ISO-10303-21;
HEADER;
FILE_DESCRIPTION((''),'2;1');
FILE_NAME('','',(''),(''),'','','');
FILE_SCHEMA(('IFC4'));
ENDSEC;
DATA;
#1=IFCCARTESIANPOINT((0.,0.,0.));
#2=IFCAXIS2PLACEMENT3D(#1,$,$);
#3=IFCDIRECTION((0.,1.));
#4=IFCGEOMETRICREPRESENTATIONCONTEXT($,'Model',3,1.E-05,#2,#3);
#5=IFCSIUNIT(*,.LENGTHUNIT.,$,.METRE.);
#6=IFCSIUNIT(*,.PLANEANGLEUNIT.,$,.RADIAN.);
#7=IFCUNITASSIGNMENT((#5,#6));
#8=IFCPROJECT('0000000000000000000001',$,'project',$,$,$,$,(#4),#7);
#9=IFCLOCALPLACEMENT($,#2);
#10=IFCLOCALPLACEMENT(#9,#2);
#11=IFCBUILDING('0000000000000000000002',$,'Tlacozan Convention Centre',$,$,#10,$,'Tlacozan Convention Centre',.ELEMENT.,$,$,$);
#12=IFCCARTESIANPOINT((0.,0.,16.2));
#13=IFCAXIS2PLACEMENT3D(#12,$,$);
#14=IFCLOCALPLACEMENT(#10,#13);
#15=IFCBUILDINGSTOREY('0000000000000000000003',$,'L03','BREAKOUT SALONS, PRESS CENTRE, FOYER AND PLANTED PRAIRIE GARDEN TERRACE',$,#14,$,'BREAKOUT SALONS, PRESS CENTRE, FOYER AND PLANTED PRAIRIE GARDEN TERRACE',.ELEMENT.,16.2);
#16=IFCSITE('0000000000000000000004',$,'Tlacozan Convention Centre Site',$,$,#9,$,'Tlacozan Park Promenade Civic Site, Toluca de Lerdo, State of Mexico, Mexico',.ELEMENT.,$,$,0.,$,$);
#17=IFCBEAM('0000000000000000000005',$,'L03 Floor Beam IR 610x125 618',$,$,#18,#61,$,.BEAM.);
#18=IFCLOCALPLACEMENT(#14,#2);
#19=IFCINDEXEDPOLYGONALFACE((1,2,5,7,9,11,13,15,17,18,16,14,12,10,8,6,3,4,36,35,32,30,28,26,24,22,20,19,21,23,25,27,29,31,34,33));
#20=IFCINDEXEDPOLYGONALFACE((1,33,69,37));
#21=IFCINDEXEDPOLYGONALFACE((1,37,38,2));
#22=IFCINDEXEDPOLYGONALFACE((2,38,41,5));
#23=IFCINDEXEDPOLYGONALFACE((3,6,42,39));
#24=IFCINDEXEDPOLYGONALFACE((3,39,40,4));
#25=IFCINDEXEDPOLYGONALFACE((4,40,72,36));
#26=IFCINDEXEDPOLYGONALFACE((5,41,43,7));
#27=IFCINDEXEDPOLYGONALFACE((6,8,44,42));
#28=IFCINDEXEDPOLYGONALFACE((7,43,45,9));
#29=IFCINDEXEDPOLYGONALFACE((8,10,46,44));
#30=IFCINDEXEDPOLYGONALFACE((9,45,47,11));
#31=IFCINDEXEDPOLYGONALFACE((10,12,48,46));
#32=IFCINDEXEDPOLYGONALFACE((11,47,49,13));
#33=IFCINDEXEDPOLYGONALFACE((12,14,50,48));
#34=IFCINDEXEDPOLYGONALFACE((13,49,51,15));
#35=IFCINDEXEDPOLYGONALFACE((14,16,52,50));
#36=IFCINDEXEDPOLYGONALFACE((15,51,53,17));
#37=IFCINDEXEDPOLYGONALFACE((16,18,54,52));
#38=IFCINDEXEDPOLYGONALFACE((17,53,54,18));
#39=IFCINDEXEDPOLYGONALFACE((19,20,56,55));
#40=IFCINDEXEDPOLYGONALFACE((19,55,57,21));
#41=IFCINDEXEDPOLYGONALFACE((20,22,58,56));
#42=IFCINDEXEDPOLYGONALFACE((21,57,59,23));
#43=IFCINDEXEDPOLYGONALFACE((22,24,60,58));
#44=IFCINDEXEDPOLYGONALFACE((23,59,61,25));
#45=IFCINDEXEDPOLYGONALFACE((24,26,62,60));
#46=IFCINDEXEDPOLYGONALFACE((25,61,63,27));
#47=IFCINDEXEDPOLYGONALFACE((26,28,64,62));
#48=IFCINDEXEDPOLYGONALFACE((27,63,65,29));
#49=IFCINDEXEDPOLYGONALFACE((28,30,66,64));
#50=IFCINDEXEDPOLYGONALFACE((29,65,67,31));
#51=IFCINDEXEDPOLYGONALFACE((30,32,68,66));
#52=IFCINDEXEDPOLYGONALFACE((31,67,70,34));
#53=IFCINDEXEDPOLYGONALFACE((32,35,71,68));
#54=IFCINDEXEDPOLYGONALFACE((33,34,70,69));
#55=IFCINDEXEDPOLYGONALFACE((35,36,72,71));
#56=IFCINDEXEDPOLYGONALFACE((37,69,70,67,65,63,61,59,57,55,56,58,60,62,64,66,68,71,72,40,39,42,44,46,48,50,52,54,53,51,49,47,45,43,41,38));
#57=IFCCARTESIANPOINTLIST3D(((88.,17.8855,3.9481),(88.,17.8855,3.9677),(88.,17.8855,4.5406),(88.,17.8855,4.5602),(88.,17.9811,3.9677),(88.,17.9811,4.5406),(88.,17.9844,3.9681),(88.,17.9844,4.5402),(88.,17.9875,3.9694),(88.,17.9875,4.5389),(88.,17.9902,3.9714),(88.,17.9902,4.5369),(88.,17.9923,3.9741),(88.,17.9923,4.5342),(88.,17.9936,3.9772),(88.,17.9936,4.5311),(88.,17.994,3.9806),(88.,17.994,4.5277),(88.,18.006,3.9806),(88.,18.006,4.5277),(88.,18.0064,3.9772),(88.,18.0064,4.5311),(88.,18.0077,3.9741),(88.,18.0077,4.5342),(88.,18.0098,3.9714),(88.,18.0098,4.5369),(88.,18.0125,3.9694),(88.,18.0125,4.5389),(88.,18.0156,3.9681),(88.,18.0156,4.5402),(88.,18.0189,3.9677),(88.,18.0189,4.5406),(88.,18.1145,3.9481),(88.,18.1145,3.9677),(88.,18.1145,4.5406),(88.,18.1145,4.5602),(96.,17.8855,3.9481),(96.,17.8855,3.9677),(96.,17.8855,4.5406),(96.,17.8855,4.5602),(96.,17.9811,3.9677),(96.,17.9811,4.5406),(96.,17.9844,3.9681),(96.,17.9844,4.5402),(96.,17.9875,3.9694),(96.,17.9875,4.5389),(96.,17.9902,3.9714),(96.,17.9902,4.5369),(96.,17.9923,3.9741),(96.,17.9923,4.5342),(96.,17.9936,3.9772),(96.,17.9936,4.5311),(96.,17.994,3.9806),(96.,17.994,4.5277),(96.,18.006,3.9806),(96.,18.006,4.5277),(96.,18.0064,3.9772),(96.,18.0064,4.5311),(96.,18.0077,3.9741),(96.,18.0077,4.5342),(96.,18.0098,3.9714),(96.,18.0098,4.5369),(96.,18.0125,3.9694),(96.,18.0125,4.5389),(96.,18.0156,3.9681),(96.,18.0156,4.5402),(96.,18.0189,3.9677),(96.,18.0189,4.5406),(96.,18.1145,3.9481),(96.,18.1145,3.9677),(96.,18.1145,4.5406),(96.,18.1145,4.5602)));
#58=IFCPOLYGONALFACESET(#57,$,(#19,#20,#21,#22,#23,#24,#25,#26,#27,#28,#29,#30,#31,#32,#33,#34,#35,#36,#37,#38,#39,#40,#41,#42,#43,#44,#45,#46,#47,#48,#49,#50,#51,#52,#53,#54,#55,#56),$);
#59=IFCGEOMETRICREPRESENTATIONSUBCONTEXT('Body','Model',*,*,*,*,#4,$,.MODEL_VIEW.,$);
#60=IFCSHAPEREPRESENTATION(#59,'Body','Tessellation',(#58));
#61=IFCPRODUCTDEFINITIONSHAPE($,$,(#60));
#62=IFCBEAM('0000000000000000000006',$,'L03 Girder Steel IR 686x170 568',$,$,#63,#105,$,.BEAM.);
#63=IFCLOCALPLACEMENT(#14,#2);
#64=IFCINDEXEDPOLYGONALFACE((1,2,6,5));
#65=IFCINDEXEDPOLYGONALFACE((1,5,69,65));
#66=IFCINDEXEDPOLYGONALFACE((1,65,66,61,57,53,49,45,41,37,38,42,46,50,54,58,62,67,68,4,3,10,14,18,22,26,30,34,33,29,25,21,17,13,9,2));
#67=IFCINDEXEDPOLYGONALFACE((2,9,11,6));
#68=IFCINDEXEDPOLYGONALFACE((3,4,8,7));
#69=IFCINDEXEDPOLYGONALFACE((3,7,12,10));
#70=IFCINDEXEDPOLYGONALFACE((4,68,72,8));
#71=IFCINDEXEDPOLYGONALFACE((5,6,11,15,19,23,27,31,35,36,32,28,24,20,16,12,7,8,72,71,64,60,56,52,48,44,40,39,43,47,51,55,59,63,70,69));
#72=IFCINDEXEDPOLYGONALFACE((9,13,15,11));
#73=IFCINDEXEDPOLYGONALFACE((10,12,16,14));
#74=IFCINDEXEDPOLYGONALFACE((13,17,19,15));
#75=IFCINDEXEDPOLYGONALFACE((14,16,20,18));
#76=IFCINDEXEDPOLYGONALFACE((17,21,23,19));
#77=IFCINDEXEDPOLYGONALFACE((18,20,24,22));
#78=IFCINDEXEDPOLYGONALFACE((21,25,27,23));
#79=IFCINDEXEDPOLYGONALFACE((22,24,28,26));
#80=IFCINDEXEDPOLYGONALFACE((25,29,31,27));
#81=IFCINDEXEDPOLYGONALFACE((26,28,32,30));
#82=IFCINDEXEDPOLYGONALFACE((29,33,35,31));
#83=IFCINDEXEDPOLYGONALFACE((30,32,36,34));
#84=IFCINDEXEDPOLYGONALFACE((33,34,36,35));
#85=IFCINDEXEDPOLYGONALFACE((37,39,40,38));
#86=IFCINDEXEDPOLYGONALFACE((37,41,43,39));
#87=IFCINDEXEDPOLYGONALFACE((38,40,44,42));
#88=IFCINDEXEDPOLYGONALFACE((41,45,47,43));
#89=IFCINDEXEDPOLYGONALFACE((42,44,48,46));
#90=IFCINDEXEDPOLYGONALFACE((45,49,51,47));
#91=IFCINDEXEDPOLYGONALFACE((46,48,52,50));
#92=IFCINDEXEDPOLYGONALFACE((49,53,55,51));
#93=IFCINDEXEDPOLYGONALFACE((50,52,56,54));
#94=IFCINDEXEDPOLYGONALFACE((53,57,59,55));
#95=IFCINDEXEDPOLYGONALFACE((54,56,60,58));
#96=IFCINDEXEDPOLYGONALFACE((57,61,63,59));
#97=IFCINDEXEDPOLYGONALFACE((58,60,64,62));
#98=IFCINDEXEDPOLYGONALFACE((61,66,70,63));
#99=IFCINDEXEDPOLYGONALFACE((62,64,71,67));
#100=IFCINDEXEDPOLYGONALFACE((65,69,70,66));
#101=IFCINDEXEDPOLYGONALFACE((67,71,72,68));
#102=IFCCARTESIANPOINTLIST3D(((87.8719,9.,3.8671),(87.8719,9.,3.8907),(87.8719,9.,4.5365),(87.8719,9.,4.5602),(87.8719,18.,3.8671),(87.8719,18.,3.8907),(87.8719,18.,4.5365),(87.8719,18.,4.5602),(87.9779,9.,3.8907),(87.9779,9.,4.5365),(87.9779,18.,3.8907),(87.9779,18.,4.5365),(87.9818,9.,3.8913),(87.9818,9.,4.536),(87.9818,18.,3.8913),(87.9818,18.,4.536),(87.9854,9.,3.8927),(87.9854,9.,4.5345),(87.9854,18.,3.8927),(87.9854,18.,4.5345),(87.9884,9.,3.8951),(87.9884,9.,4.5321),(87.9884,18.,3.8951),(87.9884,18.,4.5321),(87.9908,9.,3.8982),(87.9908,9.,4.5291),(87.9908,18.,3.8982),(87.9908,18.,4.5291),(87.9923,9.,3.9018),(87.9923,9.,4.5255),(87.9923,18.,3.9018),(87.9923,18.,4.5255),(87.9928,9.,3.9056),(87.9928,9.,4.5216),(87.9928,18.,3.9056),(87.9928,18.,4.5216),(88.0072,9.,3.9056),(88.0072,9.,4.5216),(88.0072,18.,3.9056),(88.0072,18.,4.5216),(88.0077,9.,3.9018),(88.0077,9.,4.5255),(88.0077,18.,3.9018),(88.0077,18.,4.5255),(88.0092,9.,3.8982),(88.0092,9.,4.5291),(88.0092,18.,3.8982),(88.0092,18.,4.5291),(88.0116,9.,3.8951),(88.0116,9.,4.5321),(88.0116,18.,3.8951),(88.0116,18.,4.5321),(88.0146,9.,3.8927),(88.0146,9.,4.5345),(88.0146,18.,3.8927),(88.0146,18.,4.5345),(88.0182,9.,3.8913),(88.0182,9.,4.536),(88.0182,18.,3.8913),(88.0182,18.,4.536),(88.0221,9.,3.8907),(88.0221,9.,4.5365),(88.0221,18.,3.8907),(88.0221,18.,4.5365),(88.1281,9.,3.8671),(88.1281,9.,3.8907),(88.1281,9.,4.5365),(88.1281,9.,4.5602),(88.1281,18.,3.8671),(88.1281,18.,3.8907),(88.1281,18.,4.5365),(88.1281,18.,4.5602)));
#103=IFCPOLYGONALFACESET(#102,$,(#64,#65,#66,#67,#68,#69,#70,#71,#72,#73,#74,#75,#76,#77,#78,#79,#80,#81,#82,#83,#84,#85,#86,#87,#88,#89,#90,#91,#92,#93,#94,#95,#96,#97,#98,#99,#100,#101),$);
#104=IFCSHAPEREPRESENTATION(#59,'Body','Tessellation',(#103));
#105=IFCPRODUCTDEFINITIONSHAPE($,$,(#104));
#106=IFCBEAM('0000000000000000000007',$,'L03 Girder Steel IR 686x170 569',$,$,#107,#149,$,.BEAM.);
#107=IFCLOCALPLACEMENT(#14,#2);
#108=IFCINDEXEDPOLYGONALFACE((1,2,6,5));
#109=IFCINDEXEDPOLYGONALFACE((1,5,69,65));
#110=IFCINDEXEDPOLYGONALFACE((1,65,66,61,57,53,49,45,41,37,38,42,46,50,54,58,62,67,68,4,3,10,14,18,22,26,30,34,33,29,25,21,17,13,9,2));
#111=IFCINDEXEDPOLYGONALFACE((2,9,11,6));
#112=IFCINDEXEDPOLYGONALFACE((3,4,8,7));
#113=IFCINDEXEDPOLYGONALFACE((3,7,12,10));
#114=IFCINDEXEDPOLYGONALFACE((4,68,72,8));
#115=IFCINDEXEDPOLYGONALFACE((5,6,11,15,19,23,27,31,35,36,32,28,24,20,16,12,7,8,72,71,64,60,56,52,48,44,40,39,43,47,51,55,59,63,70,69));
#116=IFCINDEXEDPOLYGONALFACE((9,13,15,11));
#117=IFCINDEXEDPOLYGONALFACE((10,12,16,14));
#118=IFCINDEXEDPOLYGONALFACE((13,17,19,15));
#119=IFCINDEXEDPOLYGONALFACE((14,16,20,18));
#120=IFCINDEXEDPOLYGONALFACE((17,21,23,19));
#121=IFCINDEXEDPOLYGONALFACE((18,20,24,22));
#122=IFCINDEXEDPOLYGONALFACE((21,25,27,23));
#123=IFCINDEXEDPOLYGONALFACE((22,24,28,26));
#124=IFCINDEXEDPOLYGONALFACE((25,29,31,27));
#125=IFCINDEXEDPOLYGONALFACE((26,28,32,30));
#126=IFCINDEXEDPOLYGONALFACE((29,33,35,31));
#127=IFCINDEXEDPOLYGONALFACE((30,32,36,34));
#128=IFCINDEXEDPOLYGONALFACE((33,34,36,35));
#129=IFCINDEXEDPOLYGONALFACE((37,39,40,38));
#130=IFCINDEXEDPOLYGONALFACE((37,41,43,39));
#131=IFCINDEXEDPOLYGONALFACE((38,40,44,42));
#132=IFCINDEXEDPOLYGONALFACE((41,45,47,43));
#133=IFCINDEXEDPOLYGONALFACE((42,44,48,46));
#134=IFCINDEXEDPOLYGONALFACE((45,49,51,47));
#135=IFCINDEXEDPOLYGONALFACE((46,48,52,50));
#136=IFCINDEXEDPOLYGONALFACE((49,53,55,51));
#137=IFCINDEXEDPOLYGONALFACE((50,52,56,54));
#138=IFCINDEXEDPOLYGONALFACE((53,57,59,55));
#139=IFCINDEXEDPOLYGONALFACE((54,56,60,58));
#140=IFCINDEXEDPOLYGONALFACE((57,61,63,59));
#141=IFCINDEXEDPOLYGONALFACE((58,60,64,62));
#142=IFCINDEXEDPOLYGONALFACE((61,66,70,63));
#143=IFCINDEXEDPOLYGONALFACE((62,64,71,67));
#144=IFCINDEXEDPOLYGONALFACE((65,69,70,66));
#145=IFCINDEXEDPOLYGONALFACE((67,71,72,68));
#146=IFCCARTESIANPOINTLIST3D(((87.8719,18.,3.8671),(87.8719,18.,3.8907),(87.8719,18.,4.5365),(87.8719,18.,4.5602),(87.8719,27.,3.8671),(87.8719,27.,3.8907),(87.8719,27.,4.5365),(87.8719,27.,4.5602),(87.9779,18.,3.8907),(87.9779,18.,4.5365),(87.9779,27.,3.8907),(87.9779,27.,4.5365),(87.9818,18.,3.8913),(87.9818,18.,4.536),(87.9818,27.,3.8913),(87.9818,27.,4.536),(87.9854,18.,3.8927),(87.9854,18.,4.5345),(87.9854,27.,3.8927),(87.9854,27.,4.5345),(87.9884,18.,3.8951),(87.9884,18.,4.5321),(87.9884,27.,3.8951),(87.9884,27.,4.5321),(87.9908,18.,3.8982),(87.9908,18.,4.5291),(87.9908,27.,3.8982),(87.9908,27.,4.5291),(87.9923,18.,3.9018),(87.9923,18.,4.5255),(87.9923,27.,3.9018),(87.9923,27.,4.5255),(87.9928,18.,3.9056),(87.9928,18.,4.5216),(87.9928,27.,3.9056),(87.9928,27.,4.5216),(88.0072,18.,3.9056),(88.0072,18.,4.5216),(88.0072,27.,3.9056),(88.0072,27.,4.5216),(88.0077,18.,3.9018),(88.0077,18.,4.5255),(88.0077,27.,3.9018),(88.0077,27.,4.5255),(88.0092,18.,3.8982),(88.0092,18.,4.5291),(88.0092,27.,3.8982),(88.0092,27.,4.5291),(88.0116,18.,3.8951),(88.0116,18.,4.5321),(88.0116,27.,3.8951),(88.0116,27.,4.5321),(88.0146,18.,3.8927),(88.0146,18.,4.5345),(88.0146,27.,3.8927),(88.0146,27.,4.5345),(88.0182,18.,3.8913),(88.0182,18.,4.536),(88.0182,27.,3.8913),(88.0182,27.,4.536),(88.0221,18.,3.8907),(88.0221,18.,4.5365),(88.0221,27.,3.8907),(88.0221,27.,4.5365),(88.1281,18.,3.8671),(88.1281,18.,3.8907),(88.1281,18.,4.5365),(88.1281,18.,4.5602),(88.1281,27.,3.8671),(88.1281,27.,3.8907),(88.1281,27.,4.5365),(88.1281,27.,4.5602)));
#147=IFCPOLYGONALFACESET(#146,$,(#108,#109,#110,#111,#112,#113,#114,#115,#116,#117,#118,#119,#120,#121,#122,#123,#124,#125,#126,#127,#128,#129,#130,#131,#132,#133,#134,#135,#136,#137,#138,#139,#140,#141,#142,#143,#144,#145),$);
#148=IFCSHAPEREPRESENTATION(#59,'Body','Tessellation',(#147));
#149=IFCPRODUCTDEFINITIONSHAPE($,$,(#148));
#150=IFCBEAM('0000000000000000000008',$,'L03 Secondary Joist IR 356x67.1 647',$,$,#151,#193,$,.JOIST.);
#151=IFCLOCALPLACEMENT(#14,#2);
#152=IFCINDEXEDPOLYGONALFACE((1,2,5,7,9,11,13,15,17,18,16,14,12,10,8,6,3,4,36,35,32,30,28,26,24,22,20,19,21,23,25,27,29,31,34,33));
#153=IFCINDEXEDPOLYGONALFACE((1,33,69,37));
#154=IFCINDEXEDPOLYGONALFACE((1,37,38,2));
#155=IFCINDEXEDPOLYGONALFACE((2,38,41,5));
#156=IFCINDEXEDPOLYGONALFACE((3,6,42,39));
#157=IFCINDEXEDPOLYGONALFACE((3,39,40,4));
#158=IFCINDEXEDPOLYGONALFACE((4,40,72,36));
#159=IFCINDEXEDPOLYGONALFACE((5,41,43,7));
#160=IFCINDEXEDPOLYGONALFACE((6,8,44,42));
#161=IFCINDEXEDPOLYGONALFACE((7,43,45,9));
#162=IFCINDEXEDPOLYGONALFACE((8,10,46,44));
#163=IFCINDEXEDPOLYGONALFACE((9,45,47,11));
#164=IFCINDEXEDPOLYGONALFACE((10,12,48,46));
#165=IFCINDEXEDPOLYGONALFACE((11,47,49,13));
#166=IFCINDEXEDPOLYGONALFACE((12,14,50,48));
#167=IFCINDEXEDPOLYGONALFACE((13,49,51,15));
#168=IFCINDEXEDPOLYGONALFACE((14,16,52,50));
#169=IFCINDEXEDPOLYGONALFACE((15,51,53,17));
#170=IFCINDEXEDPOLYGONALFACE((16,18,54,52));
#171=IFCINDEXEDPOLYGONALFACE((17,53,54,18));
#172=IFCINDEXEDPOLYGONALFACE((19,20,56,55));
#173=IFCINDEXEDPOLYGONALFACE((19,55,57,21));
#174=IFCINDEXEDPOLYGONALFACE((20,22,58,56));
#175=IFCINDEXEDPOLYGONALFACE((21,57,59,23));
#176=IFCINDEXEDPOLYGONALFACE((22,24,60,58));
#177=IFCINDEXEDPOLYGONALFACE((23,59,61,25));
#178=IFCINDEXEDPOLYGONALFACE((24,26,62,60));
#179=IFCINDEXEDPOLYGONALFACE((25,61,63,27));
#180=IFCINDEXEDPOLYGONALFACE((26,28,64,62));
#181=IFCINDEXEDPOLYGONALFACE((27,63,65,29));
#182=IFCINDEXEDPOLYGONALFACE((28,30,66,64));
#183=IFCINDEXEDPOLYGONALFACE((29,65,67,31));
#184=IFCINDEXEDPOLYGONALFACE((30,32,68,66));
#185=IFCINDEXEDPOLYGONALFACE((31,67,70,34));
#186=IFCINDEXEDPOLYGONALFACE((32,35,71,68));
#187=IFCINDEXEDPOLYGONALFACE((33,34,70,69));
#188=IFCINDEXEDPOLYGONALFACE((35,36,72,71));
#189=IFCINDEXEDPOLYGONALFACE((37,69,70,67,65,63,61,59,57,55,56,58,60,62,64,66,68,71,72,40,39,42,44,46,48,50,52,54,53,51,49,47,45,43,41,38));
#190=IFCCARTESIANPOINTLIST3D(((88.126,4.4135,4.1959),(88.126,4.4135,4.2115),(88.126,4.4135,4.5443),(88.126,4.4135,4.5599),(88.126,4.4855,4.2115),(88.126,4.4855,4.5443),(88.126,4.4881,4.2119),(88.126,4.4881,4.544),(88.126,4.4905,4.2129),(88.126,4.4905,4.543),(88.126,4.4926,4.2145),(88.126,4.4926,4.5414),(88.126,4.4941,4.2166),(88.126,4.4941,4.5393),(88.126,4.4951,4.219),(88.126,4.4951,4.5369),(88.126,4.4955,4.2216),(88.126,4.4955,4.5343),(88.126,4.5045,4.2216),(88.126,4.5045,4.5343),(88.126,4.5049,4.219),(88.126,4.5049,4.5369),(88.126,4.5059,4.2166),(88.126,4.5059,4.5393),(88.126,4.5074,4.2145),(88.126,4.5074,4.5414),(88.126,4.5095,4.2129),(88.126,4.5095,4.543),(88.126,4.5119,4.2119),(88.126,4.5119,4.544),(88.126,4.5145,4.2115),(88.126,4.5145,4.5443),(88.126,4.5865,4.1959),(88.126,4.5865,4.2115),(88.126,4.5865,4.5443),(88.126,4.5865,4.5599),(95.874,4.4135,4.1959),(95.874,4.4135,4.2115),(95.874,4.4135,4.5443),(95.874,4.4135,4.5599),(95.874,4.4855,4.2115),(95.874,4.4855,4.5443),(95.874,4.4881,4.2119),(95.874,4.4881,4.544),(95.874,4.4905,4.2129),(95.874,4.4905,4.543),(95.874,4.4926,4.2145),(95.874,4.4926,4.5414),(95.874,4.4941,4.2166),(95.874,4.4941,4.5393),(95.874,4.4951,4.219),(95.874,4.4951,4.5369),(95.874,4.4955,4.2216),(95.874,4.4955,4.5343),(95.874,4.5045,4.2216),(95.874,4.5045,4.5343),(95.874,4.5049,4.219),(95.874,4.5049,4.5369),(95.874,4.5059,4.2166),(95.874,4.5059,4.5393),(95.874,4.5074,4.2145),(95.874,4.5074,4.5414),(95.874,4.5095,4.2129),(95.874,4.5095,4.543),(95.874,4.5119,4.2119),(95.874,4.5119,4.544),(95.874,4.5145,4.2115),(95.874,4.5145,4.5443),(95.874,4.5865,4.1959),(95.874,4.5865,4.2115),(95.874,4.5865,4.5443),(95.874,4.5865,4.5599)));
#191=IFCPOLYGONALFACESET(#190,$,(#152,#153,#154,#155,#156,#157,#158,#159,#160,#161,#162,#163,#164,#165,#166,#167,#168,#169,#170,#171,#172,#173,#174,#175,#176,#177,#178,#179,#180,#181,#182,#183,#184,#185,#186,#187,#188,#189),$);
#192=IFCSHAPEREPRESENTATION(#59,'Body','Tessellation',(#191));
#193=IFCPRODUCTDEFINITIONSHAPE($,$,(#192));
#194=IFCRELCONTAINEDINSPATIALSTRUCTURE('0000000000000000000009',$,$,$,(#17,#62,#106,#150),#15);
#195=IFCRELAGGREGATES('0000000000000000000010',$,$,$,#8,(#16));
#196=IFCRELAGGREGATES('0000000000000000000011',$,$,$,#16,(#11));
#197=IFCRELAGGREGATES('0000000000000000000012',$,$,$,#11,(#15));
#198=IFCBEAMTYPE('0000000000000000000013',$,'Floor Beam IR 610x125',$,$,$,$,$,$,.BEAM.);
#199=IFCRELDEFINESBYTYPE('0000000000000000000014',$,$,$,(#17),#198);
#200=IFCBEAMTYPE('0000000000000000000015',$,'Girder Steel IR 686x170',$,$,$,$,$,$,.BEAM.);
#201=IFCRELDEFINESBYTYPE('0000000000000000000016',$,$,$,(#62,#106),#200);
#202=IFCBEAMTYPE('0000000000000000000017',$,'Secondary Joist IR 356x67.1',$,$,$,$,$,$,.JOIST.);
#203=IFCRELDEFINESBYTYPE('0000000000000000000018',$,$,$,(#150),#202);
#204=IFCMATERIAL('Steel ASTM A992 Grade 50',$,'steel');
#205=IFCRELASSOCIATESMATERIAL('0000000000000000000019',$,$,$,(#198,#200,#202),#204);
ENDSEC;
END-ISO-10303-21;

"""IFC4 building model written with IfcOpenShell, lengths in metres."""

from ifc_helpers import new_model, si_unit, direction, frame, origin, origin_2d, place, context, subcontext, project, spatial, i_section, extrude, material, material_profile, profile_set, type_object, element, save


model = new_model("IFC4")

# Units and contexts
model_context = context("Model", 3, precision=1e-05, world=origin(), true_north=direction((0.0, 1.0)))
body_context = subcontext(model_context, "Body", "Model", "MODEL_VIEW")
ifc_project = project(units=[si_unit("LENGTHUNIT", "METRE"), si_unit("PLANEANGLEUNIT", "RADIAN")], contexts=[model_context])

# Site, building, storey
site_placement = place(None, origin())
site = spatial("IfcSite", under=ifc_project, at=site_placement, Name="Tlacozan Convention Centre Site", LongName="Tlacozan Park Promenade Civic Site, Toluca de Lerdo, State of Mexico, Mexico", CompositionType="ELEMENT", RefElevation=0.0)
building_placement = place(site_placement, origin())
building = spatial("IfcBuilding", under=site, at=building_placement, Name="Tlacozan Convention Centre", LongName="Tlacozan Convention Centre", CompositionType="ELEMENT")
storey_placement = place(building_placement, frame((0.0, 0.0, 16.2)))
storey = spatial("IfcBuildingStorey", under=building, at=storey_placement, Name="L03", Description="BREAKOUT SALONS, PRESS CENTRE, FOYER AND PLANTED PRAIRIE GARDEN TERRACE", LongName="BREAKOUT SALONS, PRESS CENTRE, FOYER AND PLANTED PRAIRIE GARDEN TERRACE", CompositionType="ELEMENT", Elevation=16.2)

# Beams
ifc_material_1 = material(Name="Steel ASTM A992 Grade 50", Category="steel")
ifc_material_profile_1 = material_profile(ifc_material_1, i_section(OverallWidth=0.229, OverallDepth=0.6121, WebThickness=0.012, FlangeThickness=0.0195, FilletRadius=0.0129, at=origin_2d()), Name="IR 610x125.0")
ifc_profile_set_1 = profile_set([ifc_material_profile_1], Name="Steel ASTM A992 Grade 50")
beam_type_1 = type_object("IfcBeamType", Name="Floor Beam IR 610x125", PredefinedType="BEAM", material=ifc_profile_set_1)
for number, where, z_axis, x_axis, name in (
    (1, (88.0, 18.0, 4.2542), (1.0, 0.0, 0.0), (0.0, 1.0, 0.0), "L03 Floor Beam IR 610x125 618"),
):
    element("IfcBeam", number, at=place(storey_placement, frame(where, z_axis=z_axis, x_axis=x_axis)), inside=storey, type_object=beam_type_1, Name=name, PredefinedType="BEAM", context=body_context, shape_type="SweptSolid", body=[
        extrude(i_section(OverallWidth=0.229, OverallDepth=0.6121, WebThickness=0.012, FlangeThickness=0.0195, FilletRadius=0.0129, at=origin_2d()), origin(), (0.0, 0.0, 1.0), 8.0),
    ])
ifc_material_profile_2 = material_profile(ifc_material_1, i_section(OverallWidth=0.2561, OverallDepth=0.6931, WebThickness=0.0144, FlangeThickness=0.0237, FilletRadius=0.0149, at=origin_2d()), Name="IR 686x170.0")
ifc_profile_set_2 = profile_set([ifc_material_profile_2], Name="Steel ASTM A992 Grade 50")
beam_type_2 = type_object("IfcBeamType", Name="Girder Steel IR 686x170", PredefinedType="BEAM", material=ifc_profile_set_2)
for number, where, z_axis, x_axis, name in (
    (2, (88.0, 9.0, 4.2136), (0.0, 1.0, 0.0), (-1.0, 0.0, 0.0), "L03 Girder Steel IR 686x170 568"),
    (3, (88.0, 18.0, 4.2136), (0.0, 1.0, 0.0), (-1.0, 0.0, 0.0), "L03 Girder Steel IR 686x170 569"),
):
    element("IfcBeam", number, at=place(storey_placement, frame(where, z_axis=z_axis, x_axis=x_axis)), inside=storey, type_object=beam_type_2, Name=name, PredefinedType="BEAM", context=body_context, shape_type="SweptSolid", body=[
        extrude(i_section(OverallWidth=0.2561, OverallDepth=0.6931, WebThickness=0.0144, FlangeThickness=0.0237, FilletRadius=0.0149, at=origin_2d()), origin(), (0.0, 0.0, 1.0), 9.0),
    ])
ifc_material_profile_3 = material_profile(ifc_material_1, i_section(OverallWidth=0.1731, OverallDepth=0.364, WebThickness=0.009, FlangeThickness=0.0156, FilletRadius=0.01, at=origin_2d()), Name="IR 356x67.1")
ifc_profile_set_3 = profile_set([ifc_material_profile_3], Name="Steel ASTM A992 Grade 50")
beam_type_3 = type_object("IfcBeamType", Name="Secondary Joist IR 356x67.1", PredefinedType="JOIST", material=ifc_profile_set_3)
for number, where, z_axis, x_axis, name in (
    (4, (88.126, 4.5, 4.3779), (1.0, 0.0, 0.0), (0.0, 1.0, 0.0), "L03 Secondary Joist IR 356x67.1 647"),
):
    element("IfcBeam", number, at=place(storey_placement, frame(where, z_axis=z_axis, x_axis=x_axis)), inside=storey, type_object=beam_type_3, Name=name, PredefinedType="JOIST", context=body_context, shape_type="SweptSolid", body=[
        extrude(i_section(OverallWidth=0.1731, OverallDepth=0.364, WebThickness=0.009, FlangeThickness=0.0156, FilletRadius=0.01, at=origin_2d()), origin(), (0.0, 0.0, 1.0), 7.748),
    ])

save(model, "model.ifc")
